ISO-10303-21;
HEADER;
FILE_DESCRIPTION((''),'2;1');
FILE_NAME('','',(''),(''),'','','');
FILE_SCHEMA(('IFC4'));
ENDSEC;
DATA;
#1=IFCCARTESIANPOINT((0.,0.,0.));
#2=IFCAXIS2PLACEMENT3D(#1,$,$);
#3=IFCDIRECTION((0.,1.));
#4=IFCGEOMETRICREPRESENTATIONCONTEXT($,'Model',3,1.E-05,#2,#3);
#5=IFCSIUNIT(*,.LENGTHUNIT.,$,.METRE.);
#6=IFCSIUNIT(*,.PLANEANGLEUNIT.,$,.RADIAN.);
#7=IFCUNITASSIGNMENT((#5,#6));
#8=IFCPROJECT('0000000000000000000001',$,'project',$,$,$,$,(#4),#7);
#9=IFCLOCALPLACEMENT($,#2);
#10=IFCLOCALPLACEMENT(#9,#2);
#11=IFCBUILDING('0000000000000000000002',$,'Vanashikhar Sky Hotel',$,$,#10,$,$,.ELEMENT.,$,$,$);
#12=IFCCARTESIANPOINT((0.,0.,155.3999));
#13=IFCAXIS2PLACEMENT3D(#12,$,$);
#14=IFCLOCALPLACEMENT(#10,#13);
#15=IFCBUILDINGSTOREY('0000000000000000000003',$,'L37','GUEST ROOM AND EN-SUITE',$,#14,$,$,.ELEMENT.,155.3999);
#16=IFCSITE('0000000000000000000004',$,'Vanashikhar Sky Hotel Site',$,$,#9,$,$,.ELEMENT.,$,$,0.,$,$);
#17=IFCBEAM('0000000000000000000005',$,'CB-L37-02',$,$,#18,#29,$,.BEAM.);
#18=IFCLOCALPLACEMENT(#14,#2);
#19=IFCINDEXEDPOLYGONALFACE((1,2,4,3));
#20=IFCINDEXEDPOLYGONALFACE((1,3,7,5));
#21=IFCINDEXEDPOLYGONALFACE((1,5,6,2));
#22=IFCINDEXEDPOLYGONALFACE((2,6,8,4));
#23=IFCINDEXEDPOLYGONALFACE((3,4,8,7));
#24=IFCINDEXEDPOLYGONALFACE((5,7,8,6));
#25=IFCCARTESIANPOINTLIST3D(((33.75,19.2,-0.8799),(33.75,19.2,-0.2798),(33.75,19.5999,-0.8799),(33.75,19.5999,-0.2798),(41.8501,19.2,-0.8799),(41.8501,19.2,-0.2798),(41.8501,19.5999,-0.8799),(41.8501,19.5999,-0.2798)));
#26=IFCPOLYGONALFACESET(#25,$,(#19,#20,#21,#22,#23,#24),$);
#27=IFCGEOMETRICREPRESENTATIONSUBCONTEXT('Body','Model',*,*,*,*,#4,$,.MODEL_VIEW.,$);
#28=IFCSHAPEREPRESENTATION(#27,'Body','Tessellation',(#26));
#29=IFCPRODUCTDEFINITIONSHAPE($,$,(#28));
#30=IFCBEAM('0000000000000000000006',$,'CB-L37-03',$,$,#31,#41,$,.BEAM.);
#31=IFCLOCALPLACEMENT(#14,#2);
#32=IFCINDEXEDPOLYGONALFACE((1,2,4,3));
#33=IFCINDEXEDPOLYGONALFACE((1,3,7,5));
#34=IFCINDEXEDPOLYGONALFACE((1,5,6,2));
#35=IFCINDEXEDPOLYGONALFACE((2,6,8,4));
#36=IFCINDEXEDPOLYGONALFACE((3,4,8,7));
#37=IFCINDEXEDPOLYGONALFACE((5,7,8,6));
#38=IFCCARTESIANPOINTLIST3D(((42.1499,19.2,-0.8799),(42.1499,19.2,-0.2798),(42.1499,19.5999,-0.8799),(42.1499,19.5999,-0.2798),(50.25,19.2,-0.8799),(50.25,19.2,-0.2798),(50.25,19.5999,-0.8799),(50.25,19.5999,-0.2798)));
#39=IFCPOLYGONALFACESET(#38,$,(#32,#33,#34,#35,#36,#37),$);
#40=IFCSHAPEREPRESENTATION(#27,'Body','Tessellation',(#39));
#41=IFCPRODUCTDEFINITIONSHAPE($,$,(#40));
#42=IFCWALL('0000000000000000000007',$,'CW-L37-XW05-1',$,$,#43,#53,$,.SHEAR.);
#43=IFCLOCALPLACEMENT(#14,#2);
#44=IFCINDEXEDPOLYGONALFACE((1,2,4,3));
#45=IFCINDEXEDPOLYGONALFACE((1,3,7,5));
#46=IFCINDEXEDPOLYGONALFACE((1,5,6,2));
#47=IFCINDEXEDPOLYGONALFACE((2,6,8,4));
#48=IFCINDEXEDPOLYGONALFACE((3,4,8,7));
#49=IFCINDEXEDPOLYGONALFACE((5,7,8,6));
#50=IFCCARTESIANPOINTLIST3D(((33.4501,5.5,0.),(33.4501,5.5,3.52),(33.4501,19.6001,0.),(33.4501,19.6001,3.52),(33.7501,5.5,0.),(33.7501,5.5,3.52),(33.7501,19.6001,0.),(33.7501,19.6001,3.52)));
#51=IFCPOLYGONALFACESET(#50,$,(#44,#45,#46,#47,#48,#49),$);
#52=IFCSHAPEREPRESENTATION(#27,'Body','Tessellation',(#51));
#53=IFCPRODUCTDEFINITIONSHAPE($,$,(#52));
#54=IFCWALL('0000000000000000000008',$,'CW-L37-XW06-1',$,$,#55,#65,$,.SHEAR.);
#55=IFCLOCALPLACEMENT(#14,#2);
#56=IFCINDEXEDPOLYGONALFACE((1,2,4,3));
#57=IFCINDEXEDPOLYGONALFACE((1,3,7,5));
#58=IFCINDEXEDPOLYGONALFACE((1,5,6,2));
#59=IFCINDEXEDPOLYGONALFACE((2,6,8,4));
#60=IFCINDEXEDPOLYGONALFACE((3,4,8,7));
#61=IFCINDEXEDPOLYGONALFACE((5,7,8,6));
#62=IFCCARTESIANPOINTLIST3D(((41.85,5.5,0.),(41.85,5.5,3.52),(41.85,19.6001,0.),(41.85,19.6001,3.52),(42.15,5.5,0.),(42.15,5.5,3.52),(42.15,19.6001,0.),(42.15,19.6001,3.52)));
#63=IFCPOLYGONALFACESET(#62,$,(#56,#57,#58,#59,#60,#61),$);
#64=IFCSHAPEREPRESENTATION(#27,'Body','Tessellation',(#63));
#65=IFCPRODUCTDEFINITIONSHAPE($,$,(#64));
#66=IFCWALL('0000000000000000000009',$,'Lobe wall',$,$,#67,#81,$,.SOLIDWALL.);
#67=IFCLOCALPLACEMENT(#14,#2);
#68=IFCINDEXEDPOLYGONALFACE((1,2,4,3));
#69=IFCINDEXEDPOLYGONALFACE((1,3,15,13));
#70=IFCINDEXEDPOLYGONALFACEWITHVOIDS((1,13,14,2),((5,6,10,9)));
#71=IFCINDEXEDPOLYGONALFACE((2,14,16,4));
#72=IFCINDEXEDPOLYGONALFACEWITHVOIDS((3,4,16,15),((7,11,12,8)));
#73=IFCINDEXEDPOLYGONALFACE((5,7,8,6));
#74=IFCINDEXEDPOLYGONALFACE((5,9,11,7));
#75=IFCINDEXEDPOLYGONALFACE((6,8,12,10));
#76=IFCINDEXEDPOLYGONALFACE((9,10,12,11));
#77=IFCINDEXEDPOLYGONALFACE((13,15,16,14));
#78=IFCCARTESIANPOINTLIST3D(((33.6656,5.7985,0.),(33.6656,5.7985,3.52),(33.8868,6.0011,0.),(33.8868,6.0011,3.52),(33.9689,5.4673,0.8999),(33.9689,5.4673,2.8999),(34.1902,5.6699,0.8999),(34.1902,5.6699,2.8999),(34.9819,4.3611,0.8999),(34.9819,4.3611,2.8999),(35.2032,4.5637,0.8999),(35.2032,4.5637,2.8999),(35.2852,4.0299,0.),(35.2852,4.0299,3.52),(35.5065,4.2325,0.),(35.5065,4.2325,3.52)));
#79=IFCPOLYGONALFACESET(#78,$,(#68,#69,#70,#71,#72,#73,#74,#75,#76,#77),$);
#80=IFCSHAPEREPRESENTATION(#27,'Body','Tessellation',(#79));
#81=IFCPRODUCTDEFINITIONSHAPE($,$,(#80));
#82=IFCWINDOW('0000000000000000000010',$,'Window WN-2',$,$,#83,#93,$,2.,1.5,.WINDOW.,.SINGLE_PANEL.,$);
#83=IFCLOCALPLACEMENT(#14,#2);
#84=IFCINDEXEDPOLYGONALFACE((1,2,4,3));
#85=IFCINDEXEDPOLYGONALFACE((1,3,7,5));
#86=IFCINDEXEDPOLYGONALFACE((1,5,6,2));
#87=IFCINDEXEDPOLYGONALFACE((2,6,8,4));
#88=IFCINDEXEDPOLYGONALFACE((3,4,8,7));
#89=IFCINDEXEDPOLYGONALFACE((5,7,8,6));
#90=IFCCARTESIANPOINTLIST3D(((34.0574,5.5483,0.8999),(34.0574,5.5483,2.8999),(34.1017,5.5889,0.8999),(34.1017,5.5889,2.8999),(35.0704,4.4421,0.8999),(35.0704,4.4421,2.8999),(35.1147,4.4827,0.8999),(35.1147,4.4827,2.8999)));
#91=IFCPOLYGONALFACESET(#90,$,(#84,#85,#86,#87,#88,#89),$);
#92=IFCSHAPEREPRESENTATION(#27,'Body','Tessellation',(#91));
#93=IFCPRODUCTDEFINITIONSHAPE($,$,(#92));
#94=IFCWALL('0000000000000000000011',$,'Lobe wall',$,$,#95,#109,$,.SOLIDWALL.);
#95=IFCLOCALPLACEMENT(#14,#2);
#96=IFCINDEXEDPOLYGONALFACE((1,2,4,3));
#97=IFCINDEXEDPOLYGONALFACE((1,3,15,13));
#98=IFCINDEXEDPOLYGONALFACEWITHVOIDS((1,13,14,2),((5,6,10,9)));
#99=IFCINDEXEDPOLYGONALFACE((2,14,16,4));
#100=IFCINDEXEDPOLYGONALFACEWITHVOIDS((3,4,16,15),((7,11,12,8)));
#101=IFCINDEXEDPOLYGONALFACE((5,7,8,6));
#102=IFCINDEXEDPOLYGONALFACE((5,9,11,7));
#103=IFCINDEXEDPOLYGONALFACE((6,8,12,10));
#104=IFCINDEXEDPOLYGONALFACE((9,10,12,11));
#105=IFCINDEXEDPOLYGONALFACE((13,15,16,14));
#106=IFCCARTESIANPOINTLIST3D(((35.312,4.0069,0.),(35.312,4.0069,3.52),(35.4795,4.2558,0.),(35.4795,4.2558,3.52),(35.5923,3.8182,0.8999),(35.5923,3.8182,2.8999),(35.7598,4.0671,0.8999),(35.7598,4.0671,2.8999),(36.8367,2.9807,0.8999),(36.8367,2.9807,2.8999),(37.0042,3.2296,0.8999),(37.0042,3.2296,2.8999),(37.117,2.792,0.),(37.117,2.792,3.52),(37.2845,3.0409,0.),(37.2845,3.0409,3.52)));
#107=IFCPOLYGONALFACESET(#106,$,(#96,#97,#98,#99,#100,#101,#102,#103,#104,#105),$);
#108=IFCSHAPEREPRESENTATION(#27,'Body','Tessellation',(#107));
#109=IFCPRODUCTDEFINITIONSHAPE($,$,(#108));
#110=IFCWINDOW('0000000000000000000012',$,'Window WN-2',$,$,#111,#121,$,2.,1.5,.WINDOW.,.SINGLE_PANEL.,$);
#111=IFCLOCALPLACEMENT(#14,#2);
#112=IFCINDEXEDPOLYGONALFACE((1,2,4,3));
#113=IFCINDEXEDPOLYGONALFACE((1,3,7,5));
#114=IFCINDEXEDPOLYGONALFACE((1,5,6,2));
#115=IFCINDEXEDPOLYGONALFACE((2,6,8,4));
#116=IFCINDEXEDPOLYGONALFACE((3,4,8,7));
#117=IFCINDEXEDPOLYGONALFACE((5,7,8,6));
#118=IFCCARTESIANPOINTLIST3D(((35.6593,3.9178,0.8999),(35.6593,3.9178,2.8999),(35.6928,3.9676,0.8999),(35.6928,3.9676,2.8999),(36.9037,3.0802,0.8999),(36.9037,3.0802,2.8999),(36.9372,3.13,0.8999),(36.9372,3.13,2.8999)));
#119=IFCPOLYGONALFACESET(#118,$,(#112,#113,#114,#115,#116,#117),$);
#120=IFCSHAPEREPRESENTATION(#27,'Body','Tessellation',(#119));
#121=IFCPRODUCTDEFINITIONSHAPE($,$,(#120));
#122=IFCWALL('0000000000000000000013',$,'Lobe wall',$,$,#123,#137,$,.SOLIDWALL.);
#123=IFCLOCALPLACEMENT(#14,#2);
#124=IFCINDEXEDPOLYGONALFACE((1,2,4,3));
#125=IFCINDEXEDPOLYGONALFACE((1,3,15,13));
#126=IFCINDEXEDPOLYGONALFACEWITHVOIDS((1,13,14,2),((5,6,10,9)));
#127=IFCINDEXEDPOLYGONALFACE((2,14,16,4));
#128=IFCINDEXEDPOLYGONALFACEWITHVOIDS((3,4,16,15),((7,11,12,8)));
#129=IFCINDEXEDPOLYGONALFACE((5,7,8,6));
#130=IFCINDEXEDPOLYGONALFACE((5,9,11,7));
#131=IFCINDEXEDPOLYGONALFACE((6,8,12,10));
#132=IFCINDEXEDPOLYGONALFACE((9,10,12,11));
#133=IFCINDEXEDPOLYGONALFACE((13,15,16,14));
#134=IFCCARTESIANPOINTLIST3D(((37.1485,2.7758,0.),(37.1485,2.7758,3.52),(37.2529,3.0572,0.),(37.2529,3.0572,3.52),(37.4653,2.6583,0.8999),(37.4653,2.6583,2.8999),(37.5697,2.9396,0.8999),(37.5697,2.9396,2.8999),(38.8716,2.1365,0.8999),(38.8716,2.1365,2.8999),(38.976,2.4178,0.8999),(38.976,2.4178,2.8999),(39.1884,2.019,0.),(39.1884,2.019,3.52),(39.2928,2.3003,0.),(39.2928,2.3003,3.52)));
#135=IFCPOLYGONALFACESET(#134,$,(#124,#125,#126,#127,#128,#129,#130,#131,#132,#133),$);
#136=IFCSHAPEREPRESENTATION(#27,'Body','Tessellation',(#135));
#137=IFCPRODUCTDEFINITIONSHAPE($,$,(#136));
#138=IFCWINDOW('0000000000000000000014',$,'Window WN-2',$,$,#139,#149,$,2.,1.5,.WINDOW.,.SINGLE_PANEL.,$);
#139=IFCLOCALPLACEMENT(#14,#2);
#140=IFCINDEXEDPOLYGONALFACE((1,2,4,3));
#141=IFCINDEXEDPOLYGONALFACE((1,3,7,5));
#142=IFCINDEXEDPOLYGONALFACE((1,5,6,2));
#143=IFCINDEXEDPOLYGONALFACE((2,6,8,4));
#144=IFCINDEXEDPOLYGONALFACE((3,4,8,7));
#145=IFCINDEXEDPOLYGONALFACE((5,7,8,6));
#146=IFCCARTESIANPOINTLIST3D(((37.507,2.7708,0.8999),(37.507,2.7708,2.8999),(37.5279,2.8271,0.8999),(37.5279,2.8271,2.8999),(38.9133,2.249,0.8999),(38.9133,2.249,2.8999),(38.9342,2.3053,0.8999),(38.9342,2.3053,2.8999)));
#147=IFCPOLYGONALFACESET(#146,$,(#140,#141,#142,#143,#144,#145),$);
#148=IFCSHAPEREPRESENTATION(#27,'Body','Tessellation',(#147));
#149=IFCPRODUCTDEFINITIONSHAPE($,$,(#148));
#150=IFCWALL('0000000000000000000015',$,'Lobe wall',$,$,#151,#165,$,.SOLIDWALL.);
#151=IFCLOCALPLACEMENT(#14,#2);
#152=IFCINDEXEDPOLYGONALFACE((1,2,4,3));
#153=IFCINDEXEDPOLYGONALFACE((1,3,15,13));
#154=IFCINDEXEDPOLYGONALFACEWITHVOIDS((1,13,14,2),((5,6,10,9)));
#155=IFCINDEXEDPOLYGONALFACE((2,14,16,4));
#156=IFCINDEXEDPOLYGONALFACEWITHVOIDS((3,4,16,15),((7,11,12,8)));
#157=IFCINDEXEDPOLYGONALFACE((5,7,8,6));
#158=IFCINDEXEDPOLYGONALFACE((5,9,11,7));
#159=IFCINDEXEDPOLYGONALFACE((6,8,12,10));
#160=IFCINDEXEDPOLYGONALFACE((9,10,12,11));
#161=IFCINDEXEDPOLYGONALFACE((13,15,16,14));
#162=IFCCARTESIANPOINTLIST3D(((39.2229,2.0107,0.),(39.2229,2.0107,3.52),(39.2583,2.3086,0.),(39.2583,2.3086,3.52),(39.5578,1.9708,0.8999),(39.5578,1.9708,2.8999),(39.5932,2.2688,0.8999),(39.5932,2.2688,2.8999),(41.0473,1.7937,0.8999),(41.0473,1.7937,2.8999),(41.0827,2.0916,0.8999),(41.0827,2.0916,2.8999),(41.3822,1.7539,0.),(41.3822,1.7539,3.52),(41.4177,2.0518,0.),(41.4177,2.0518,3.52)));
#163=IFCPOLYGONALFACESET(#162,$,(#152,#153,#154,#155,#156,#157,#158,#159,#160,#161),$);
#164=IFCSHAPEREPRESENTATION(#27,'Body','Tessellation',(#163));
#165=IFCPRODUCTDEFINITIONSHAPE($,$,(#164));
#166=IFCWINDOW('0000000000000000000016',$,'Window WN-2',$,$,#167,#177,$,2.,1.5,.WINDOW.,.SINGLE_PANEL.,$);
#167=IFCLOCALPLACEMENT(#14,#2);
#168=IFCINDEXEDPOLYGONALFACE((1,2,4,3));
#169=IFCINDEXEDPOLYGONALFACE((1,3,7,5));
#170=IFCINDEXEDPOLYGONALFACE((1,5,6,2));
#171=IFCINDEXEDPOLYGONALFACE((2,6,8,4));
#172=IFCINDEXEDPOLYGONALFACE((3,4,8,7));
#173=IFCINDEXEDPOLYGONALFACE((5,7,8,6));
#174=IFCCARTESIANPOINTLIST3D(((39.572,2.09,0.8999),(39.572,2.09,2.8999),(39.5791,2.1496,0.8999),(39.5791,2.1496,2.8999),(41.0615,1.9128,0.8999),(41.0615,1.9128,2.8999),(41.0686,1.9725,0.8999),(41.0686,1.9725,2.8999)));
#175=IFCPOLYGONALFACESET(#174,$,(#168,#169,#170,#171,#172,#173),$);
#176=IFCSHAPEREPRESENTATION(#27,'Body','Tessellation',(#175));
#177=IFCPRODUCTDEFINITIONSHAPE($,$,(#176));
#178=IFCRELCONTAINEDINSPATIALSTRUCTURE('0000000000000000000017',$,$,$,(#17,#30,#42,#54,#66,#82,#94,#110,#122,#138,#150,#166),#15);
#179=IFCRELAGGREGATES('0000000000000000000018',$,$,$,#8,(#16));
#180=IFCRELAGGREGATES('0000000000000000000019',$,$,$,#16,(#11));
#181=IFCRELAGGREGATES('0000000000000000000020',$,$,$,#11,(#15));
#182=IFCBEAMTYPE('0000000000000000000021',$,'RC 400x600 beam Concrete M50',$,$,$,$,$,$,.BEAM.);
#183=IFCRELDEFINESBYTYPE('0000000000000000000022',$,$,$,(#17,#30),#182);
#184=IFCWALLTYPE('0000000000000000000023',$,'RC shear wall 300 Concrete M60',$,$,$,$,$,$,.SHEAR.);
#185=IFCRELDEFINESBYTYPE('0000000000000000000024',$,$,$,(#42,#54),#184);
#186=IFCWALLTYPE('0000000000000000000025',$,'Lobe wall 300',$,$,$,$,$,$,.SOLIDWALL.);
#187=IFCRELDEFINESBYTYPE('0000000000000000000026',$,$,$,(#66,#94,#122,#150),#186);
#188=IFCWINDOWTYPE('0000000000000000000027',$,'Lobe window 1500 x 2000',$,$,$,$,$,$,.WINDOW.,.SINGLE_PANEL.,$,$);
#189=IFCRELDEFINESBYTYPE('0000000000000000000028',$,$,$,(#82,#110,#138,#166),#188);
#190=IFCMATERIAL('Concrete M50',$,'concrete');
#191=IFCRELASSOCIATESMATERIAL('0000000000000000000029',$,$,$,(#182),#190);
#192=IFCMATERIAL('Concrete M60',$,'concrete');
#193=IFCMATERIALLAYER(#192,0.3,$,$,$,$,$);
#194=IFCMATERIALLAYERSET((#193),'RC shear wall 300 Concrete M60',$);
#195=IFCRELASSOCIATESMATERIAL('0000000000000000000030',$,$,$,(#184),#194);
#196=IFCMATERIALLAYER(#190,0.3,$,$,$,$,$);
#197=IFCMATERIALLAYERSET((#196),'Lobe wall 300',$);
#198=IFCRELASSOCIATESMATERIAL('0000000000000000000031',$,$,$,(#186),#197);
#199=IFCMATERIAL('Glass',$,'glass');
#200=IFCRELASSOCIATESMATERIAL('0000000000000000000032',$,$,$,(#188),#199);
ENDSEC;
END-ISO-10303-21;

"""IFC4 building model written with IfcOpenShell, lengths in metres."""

from ifc_helpers import new_model, si_unit, direction, frame, frame_2d, origin, origin_2d, place, context, subcontext, project, spatial, rectangle, extrude, source, transform, mapped, material, layer, layer_set, material_profile, profile_set, type_object, element, fill, save


model = new_model("IFC4")

# Units and contexts
model_context = context("Model", 3, precision=1e-05, world=origin(), true_north=direction((0.0, 1.0)))
body_context = subcontext(model_context, "Body", "Model", "MODEL_VIEW")
ifc_project = project(units=[si_unit("LENGTHUNIT", "METRE"), si_unit("PLANEANGLEUNIT", "RADIAN")], contexts=[model_context])

# Site, building, storey
site_placement = place(None, origin())
site = spatial("IfcSite", under=ifc_project, at=site_placement, Name="Vanashikhar Sky Hotel Site", CompositionType="ELEMENT", RefElevation=0.0)
building_placement = place(site_placement, origin())
building = spatial("IfcBuilding", under=site, at=building_placement, Name="Vanashikhar Sky Hotel", CompositionType="ELEMENT")
storey_placement = place(building_placement, frame((0.0, 0.0, 155.3999)))
storey = spatial("IfcBuildingStorey", under=building, at=storey_placement, Name="L37", Description="GUEST ROOM AND EN-SUITE", CompositionType="ELEMENT", Elevation=155.3999)

# Beams
ifc_material_1 = material(Name="Concrete M50", Category="concrete")
ifc_material_profile_1 = material_profile(ifc_material_1, rectangle(XDim=0.3999, YDim=0.6001, at=origin_2d()))
ifc_profile_set_1 = profile_set([ifc_material_profile_1], Name="RC 400x600 beam Concrete M50")
beam_type = type_object("IfcBeamType", Name="RC 400x600 beam Concrete M50", PredefinedType="BEAM", material=ifc_profile_set_1)
shared_shape_1 = source(origin(), body_context, "Body", "SweptSolid", [
    extrude(rectangle(XDim=0.3999, YDim=0.6001, at=origin_2d()), origin(), (0.0, 0.0, 1.0), 8.1001),
])
for number, where, z_axis, x_axis, name in (
    (1, (33.75, 19.3999, -0.5798), (1.0, 0.0, 0.0), (0.0, 1.0, 0.0), "CB-L37-02"),
    (2, (42.1499, 19.3999, -0.5798), (1.0, 0.0, 0.0), (0.0, 1.0, 0.0), "CB-L37-03"),
):
    element("IfcBeam", number, at=place(storey_placement, frame(where, z_axis=z_axis, x_axis=x_axis)), inside=storey, type_object=beam_type, Name=name, PredefinedType="BEAM", context=body_context, shape_type="MappedRepresentation", body=[
        mapped(shared_shape_1, transform((0.0, 0.0, 0.0), scale=1.0)),
    ])

# Walls
ifc_material_2 = material(Name="Concrete M60", Category="concrete")
ifc_layer_1 = layer(ifc_material_2, 0.3)
ifc_layer_set_1 = layer_set([ifc_layer_1], Name="RC shear wall 300 Concrete M60")
wall_type_1 = type_object("IfcWallType", Name="RC shear wall 300 Concrete M60", PredefinedType="SHEAR", material=ifc_layer_set_1)
shared_shape_2 = source(origin(), body_context, "Body", "SweptSolid", [
    extrude(rectangle(XDim=14.1001, YDim=0.3, at=frame_2d((7.05, 0.0))), origin(), (0.0, 0.0, 1.0), 3.52),
])
for number, where, z_axis, x_axis, name in (
    (3, (33.6001, 5.5, 0.0), (0.0, 0.0, 1.0), (0.0, 1.0, 0.0), "CW-L37-XW05-1"),
    (4, (42.0, 5.5, 0.0), (0.0, 0.0, 1.0), (0.0, 1.0, 0.0), "CW-L37-XW06-1"),
):
    element("IfcWall", number, at=place(storey_placement, frame(where, z_axis=z_axis, x_axis=x_axis)), inside=storey, type_object=wall_type_1, Name=name, PredefinedType="SHEAR", context=body_context, shape_type="MappedRepresentation", body=[
        mapped(shared_shape_2, transform((0.0, 0.0, 0.0), scale=1.0)),
    ])

# Walls, openings, windows
ifc_layer_2 = layer(ifc_material_1, 0.3)
ifc_layer_set_2 = layer_set([ifc_layer_2], Name="Lobe wall 300")
wall_type_2 = type_object("IfcWallType", Name="Lobe wall 300", PredefinedType="SOLIDWALL", material=ifc_layer_set_2)
shared_shape_3 = source(origin(), body_context, "Body", "SweptSolid", [
    extrude(rectangle(XDim=2.3982, YDim=0.3, at=frame_2d((1.1992, 0.0))), origin(), (0.0, 0.0, 1.0), 3.52),
])
wall_1_placement = place(storey_placement, frame((33.7761, 5.8999, 0.0), z_axis=(0.0, 0.0, 1.0), x_axis=(0.675374, -0.737475, 0.0)))
wall_1 = element("IfcWall", 5, at=wall_1_placement, inside=storey, type_object=wall_type_2, Name="Lobe wall", PredefinedType="SOLIDWALL", context=body_context, shape_type="MappedRepresentation", body=[
    mapped(shared_shape_3, transform((0.0, 0.0, 0.0), scale=1.0)),
])
shared_shape_4 = source(origin(), body_context, "Body", "SweptSolid", [
    extrude(rectangle(XDim=1.5, YDim=2.0, at=frame_2d((0.75, 1.0))), frame((0.0, 0.1602, 0.0), z_axis=(0.0, -1.0, 0.0), x_axis=(1.0, 0.0, 0.0)), (0.0, 0.0, 1.0), 0.3201),
])
opening_1_placement = place(wall_1_placement, frame((0.4492, 0.0, 0.8999)))
opening_1 = element("IfcOpeningElement", 6, at=opening_1_placement, cuts=wall_1, PredefinedType="OPENING", context=body_context, shape_type="MappedRepresentation", body=[
    mapped(shared_shape_4, transform((0.0, 0.0, 0.0), scale=1.0)),
])
ifc_material_3 = material(Name="Glass", Category="glass")
window_type = type_object("IfcWindowType", Name="Lobe window 1500 x 2000", PartitioningType="SINGLE_PANEL", PredefinedType="WINDOW", material=ifc_material_3)
shared_shape_5 = source(origin(), body_context, "Body", "SweptSolid", [
    extrude(rectangle(XDim=1.5, YDim=2.0, at=frame_2d((0.75, 1.0))), frame((0.0, 0.03, 0.0), z_axis=(0.0, -1.0, 0.0), x_axis=(1.0, 0.0, 0.0)), (0.0, 0.0, 1.0), 0.0601),
])
window_1_placement = place(opening_1_placement, origin())
window_1 = element("IfcWindow", 7, at=window_1_placement, inside=storey, type_object=window_type, Name="Window WN-2", OverallHeight=2.0, OverallWidth=1.5, PartitioningType="SINGLE_PANEL", PredefinedType="WINDOW", context=body_context, shape_type="MappedRepresentation", body=[
    mapped(shared_shape_5, transform((0.0, 0.0, 0.0), scale=1.0)),
])
fill(opening_1, window_1)
shared_shape_6 = source(origin(), body_context, "Body", "SweptSolid", [
    extrude(rectangle(XDim=2.1758, YDim=0.3, at=frame_2d((1.0879, 0.0))), origin(), (0.0, 0.0, 1.0), 3.52),
])
wall_2_placement = place(storey_placement, frame((35.3958, 4.1313, 0.0), z_axis=(0.0, 0.0, 1.0), x_axis=(0.829591, -0.558372, 0.0)))
wall_2 = element("IfcWall", 8, at=wall_2_placement, inside=storey, type_object=wall_type_2, Name="Lobe wall", PredefinedType="SOLIDWALL", context=body_context, shape_type="MappedRepresentation", body=[
    mapped(shared_shape_6, transform((0.0, 0.0, 0.0), scale=1.0)),
])
opening_2_placement = place(wall_2_placement, frame((0.3379, 0.0, 0.8999)))
opening_2 = element("IfcOpeningElement", 9, at=opening_2_placement, cuts=wall_2, PredefinedType="OPENING", context=body_context, shape_type="MappedRepresentation", body=[
    mapped(shared_shape_4, transform((0.0, 0.0, 0.0), scale=1.0)),
])
window_2_placement = place(opening_2_placement, origin())
window_2 = element("IfcWindow", 10, at=window_2_placement, inside=storey, type_object=window_type, Name="Window WN-2", OverallHeight=2.0, OverallWidth=1.5, PartitioningType="SINGLE_PANEL", PredefinedType="WINDOW", context=body_context, shape_type="MappedRepresentation", body=[
    mapped(shared_shape_5, transform((0.0, 0.0, 0.0), scale=1.0)),
])
fill(opening_2, window_2)
wall_3_placement = place(storey_placement, frame((37.2007, 2.9165, 0.0), z_axis=(0.0, 0.0, 1.0), x_axis=(0.937546, -0.347863, 0.0)))
wall_3 = element("IfcWall", 11, at=wall_3_placement, inside=storey, type_object=wall_type_2, Name="Lobe wall", PredefinedType="SOLIDWALL", context=body_context, shape_type="MappedRepresentation", body=[
    mapped(shared_shape_6, transform((0.0, 0.0, 0.0), scale=1.0)),
])
opening_3_placement = place(wall_3_placement, frame((0.3379, 0.0, 0.8999)))
opening_3 = element("IfcOpeningElement", 12, at=opening_3_placement, cuts=wall_3, PredefinedType="OPENING", context=body_context, shape_type="MappedRepresentation", body=[
    mapped(shared_shape_4, transform((0.0, 0.0, 0.0), scale=1.0)),
])
window_3_placement = place(opening_3_placement, origin())
window_3 = element("IfcWindow", 13, at=window_3_placement, inside=storey, type_object=window_type, Name="Window WN-2", OverallHeight=2.0, OverallWidth=1.5, PartitioningType="SINGLE_PANEL", PredefinedType="WINDOW", context=body_context, shape_type="MappedRepresentation", body=[
    mapped(shared_shape_5, transform((0.0, 0.0, 0.0), scale=1.0)),
])
fill(opening_3, window_3)
shared_shape_7 = source(origin(), body_context, "Body", "SweptSolid", [
    extrude(rectangle(XDim=2.1746, YDim=0.3, at=frame_2d((1.0874, 0.0))), origin(), (0.0, 0.0, 1.0), 3.52),
])
wall_4_placement = place(storey_placement, frame((39.2405, 2.1597, 0.0), z_axis=(0.0, 0.0, 1.0), x_axis=(0.993001, -0.118105, 0.0)))
wall_4 = element("IfcWall", 14, at=wall_4_placement, inside=storey, type_object=wall_type_2, Name="Lobe wall", PredefinedType="SOLIDWALL", context=body_context, shape_type="MappedRepresentation", body=[
    mapped(shared_shape_7, transform((0.0, 0.0, 0.0), scale=1.0)),
])
opening_4_placement = place(wall_4_placement, frame((0.3374, 0.0, 0.8999)))
opening_4 = element("IfcOpeningElement", 15, at=opening_4_placement, cuts=wall_4, PredefinedType="OPENING", context=body_context, shape_type="MappedRepresentation", body=[
    mapped(shared_shape_4, transform((0.0, 0.0, 0.0), scale=1.0)),
])
window_4_placement = place(opening_4_placement, origin())
window_4 = element("IfcWindow", 16, at=window_4_placement, inside=storey, type_object=window_type, Name="Window WN-2", OverallHeight=2.0, OverallWidth=1.5, PartitioningType="SINGLE_PANEL", PredefinedType="WINDOW", context=body_context, shape_type="MappedRepresentation", body=[
    mapped(shared_shape_5, transform((0.0, 0.0, 0.0), scale=1.0)),
])
fill(opening_4, window_4)

save(model, "model.ifc")
